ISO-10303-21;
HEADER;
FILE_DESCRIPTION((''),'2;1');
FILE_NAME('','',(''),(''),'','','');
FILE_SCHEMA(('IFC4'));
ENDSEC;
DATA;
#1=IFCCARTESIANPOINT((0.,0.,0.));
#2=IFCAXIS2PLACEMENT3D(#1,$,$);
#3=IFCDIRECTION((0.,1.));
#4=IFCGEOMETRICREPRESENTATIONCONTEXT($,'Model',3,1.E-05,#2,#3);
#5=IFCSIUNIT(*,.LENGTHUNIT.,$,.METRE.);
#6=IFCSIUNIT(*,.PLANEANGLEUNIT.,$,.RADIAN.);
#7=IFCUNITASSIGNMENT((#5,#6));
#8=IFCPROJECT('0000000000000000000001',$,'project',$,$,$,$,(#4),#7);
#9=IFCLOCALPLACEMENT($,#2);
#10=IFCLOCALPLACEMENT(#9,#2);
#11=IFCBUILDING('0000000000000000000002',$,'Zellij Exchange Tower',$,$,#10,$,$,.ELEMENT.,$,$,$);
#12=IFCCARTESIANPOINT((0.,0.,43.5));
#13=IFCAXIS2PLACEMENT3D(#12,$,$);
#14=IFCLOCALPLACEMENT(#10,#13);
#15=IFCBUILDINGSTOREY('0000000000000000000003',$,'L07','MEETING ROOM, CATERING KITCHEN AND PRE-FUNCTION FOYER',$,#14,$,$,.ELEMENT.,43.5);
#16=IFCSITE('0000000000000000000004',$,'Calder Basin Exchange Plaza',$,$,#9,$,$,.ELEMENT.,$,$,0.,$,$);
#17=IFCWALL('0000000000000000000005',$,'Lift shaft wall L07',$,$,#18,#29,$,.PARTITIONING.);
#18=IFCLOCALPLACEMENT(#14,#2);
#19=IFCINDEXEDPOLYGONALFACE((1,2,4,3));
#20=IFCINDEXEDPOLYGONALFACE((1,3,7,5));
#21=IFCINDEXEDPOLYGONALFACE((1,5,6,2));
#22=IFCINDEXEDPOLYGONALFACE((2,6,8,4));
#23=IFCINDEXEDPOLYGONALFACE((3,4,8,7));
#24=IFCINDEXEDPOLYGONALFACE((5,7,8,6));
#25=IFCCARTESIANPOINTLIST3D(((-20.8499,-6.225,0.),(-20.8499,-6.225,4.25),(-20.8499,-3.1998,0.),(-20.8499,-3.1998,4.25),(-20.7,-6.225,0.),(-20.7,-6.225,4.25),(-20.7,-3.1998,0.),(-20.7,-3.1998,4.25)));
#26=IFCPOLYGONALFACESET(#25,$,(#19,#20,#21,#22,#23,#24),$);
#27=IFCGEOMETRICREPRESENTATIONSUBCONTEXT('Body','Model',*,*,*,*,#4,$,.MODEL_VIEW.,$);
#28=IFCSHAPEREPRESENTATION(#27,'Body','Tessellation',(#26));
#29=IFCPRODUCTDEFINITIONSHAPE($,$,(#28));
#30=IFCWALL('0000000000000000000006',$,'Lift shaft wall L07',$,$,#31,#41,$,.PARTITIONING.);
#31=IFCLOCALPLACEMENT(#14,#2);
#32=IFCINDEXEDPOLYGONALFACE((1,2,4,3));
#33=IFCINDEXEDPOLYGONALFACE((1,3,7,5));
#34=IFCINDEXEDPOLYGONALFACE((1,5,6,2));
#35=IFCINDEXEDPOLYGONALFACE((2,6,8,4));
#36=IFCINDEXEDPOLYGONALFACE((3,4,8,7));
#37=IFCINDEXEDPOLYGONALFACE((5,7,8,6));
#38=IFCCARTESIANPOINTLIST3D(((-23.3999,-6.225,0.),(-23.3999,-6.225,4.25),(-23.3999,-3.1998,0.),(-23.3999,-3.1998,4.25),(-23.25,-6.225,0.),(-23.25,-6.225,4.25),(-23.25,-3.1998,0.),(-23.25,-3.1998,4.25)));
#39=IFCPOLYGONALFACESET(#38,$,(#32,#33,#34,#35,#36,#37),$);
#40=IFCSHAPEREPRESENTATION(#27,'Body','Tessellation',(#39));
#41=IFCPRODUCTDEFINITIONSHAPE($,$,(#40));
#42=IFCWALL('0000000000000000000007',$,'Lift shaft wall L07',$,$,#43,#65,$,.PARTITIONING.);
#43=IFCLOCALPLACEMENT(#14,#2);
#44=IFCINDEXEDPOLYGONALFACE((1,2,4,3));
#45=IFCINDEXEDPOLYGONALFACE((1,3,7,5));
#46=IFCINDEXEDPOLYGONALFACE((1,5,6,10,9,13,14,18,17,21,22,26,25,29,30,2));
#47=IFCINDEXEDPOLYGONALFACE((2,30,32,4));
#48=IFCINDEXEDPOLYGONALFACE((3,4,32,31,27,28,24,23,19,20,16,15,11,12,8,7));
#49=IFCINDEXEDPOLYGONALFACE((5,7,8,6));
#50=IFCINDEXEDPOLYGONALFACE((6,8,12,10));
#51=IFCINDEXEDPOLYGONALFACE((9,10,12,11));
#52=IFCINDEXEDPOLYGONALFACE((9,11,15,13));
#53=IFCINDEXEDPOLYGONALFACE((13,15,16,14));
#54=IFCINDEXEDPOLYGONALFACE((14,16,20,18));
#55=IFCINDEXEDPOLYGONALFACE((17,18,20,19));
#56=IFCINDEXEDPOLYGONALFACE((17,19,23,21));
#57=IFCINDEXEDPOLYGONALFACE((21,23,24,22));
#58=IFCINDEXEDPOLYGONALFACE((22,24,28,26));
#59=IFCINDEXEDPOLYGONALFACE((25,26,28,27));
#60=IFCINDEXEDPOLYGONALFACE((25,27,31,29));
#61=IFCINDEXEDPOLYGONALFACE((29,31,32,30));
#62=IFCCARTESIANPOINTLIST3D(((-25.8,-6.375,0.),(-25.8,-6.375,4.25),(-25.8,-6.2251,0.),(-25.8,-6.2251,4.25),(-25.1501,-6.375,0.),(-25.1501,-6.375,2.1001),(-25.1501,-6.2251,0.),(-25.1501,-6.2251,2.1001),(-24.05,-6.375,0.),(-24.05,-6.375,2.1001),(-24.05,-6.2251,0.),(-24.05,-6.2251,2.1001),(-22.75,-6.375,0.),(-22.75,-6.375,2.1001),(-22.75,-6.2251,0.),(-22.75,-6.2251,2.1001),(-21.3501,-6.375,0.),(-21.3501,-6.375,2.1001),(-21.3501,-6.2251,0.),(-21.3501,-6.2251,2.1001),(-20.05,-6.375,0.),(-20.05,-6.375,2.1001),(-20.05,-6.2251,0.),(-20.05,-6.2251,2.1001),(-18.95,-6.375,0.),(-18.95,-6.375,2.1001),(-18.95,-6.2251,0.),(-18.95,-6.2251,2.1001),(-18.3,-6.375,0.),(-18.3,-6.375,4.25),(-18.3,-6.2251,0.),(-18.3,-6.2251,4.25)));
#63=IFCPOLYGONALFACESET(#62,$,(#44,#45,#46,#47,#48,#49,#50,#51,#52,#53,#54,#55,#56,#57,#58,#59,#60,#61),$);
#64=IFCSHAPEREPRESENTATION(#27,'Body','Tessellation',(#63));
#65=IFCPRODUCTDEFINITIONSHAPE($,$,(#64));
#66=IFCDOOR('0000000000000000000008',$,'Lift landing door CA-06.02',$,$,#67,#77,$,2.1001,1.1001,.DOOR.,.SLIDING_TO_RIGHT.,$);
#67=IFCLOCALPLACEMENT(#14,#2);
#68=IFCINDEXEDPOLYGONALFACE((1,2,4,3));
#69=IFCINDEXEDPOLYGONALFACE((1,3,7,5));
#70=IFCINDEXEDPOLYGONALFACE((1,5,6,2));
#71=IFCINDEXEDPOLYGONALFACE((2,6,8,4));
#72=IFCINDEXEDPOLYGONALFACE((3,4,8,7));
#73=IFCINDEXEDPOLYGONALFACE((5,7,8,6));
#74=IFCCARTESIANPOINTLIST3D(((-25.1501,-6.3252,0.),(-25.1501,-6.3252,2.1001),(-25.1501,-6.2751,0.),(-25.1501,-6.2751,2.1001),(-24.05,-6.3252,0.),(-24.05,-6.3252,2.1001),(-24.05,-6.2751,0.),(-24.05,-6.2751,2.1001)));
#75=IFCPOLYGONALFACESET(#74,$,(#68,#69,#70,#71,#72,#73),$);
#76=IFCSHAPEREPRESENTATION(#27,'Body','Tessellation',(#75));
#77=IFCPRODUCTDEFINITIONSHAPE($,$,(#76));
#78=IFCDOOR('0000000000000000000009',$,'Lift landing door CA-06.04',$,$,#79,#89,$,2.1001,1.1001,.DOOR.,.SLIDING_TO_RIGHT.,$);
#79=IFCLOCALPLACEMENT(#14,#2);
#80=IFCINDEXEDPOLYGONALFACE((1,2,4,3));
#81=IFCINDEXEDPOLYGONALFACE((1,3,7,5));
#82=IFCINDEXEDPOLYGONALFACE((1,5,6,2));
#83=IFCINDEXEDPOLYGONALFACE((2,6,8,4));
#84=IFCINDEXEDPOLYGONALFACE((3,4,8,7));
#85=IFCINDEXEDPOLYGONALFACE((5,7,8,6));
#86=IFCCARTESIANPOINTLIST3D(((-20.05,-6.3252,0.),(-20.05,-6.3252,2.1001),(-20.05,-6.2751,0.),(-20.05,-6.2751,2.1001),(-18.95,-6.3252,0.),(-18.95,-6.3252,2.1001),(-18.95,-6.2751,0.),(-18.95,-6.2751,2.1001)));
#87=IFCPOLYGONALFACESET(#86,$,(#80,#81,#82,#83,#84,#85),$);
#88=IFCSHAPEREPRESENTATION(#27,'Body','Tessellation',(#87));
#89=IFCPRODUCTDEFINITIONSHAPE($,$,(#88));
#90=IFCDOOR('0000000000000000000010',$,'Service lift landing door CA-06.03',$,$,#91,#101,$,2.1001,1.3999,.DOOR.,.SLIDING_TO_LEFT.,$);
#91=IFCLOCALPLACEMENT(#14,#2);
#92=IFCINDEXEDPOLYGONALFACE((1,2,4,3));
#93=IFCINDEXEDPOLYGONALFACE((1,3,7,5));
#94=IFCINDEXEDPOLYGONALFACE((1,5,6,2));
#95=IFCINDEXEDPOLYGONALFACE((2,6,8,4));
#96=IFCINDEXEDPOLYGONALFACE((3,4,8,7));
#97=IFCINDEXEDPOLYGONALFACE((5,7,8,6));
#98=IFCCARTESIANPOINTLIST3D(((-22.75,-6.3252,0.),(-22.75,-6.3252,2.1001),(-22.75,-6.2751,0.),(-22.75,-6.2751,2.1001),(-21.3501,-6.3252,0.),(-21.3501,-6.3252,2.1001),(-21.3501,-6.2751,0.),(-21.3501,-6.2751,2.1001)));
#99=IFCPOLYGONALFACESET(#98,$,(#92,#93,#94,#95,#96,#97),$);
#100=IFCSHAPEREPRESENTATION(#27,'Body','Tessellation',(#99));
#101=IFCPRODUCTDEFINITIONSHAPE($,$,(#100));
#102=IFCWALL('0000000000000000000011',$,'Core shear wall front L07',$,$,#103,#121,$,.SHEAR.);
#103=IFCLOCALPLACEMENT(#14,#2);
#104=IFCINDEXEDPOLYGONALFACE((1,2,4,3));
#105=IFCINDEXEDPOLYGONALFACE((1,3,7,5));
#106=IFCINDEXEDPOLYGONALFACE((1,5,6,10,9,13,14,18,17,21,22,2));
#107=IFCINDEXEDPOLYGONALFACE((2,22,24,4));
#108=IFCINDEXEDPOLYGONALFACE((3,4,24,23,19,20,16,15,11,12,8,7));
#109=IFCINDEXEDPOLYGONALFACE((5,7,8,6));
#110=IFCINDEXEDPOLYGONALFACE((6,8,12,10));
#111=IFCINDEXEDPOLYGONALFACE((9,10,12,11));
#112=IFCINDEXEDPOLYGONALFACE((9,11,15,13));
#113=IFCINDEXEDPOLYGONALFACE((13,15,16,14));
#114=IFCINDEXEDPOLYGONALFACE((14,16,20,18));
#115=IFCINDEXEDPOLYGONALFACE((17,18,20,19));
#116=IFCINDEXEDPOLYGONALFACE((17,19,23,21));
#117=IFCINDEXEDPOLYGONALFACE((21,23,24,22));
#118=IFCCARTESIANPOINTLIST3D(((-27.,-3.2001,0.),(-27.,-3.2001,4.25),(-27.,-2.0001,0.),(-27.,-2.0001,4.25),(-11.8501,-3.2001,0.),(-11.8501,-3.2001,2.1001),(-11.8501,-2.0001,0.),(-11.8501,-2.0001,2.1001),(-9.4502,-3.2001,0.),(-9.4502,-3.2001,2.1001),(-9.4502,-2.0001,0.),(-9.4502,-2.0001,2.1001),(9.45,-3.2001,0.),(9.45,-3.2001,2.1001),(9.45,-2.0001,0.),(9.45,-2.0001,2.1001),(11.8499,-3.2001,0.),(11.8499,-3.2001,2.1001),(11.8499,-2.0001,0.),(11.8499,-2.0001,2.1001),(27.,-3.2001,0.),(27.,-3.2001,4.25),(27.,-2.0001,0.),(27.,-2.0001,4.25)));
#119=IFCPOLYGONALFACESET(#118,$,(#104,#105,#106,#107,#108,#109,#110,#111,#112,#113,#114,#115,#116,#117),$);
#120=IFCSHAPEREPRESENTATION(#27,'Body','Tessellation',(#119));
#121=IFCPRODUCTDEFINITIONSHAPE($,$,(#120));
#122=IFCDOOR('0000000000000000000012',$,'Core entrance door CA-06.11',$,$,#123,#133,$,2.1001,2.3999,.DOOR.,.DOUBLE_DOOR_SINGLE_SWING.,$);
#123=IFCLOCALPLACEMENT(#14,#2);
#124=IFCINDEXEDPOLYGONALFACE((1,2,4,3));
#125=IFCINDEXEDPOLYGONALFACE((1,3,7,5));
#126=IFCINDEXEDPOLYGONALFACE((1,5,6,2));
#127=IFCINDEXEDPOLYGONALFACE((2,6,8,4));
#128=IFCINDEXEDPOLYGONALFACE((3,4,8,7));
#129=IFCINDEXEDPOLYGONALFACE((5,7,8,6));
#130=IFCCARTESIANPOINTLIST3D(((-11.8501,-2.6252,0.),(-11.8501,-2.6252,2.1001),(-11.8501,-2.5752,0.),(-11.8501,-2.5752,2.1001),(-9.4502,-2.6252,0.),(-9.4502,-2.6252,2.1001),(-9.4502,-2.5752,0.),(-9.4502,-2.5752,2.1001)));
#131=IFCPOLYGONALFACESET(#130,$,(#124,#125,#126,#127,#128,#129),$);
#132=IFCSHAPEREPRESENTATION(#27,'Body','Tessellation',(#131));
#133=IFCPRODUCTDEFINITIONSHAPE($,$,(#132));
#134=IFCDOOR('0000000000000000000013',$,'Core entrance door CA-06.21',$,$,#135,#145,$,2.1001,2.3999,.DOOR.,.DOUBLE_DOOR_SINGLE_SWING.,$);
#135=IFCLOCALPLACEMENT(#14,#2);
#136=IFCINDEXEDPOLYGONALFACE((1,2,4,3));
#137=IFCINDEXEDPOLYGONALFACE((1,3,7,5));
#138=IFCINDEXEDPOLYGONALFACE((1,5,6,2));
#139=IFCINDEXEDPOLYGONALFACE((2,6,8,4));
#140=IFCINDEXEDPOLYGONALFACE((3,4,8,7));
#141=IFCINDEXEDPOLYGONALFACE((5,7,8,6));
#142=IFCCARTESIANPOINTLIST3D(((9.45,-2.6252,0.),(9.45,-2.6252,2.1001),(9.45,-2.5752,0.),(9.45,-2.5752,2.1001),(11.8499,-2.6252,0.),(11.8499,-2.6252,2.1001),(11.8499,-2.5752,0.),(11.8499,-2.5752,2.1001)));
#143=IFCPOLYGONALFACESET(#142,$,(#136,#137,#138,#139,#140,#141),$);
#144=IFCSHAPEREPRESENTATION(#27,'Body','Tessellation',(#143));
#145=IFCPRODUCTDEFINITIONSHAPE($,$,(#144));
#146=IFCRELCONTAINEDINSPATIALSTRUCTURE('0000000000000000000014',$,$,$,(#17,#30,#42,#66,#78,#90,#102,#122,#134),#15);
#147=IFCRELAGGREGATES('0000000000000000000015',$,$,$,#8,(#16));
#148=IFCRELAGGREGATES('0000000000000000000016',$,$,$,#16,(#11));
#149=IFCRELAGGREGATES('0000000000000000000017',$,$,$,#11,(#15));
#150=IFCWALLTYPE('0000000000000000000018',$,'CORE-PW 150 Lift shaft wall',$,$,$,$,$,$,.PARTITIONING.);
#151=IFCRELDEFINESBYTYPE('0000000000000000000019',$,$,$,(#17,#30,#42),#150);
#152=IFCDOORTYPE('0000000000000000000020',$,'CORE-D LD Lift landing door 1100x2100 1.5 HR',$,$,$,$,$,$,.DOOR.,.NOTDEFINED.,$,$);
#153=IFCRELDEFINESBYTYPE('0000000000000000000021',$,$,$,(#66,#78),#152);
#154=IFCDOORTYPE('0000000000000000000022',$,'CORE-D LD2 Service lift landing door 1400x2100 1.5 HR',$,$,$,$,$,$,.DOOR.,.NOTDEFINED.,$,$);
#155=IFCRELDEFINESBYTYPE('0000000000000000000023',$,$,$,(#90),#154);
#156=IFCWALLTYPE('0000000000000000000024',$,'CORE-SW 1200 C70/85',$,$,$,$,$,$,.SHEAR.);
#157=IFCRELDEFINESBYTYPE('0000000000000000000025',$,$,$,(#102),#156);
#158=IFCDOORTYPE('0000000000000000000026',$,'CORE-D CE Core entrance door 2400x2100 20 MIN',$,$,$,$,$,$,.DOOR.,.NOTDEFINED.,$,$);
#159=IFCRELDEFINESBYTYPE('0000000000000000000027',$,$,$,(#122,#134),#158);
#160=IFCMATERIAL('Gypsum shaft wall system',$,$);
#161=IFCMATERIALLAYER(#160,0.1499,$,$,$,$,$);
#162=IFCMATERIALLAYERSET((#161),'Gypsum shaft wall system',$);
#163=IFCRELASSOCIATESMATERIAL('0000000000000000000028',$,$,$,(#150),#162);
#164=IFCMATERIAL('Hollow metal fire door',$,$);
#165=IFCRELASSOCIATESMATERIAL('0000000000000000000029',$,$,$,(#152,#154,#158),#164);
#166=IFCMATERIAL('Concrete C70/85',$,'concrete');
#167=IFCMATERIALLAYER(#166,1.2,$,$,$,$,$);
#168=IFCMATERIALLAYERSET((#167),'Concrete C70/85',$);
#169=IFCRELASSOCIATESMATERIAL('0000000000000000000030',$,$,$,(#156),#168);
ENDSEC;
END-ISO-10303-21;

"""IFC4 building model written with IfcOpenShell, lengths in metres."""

from ifc_helpers import new_model, si_unit, direction, frame, frame_2d, origin, place, context, subcontext, project, spatial, rectangle, extrude, material, layer, layer_set, type_object, element, fill, save


model = new_model("IFC4")

# Units and contexts
model_context = context("Model", 3, precision=1e-05, world=origin(), true_north=direction((0.0, 1.0)))
body_context = subcontext(model_context, "Body", "Model", "MODEL_VIEW")
ifc_project = project(units=[si_unit("LENGTHUNIT", "METRE"), si_unit("PLANEANGLEUNIT", "RADIAN")], contexts=[model_context])

# Site, building, storey
site_placement = place(None, origin())
site = spatial("IfcSite", under=ifc_project, at=site_placement, Name="Calder Basin Exchange Plaza", CompositionType="ELEMENT", RefElevation=0.0)
building_placement = place(site_placement, origin())
building = spatial("IfcBuilding", under=site, at=building_placement, Name="Zellij Exchange Tower", CompositionType="ELEMENT")
storey_placement = place(building_placement, frame((0.0, 0.0, 43.5)))
storey = spatial("IfcBuildingStorey", under=building, at=storey_placement, Name="L07", Description="MEETING ROOM, CATERING KITCHEN AND PRE-FUNCTION FOYER", CompositionType="ELEMENT", Elevation=43.5)

# Shared definitions
ifc_material_1 = material(Name="Concrete C70/85", Category="concrete")

# Walls
ifc_material_2 = material(Name="Gypsum shaft wall system")
ifc_layer_1 = layer(ifc_material_2, 0.1499)
ifc_layer_set_1 = layer_set([ifc_layer_1], Name="Gypsum shaft wall system")
wall_type_1 = type_object("IfcWallType", Name="CORE-PW 150 Lift shaft wall", PredefinedType="PARTITIONING", material=ifc_layer_set_1)
for number, where, z_axis, x_axis, name in (
    (1, (-20.7749, -6.2251, 0.0), (0.0, 0.0, 1.0), (0.0, 1.0, 0.0), "Lift shaft wall L07"),
    (2, (-23.325, -6.2251, 0.0), (0.0, 0.0, 1.0), (0.0, 1.0, 0.0), "Lift shaft wall L07"),
):
    element("IfcWall", number, at=place(storey_placement, frame(where, z_axis=z_axis, x_axis=x_axis)), inside=storey, type_object=wall_type_1, Name=name, PredefinedType="PARTITIONING", context=body_context, shape_type="SweptSolid", body=[
        extrude(rectangle(XDim=3.0251, YDim=0.1499, at=frame_2d((1.5127, 0.0))), origin(), (0.0, 0.0, 1.0), 4.25),
    ])

# Walls, openings, doors
wall_1_placement = place(storey_placement, frame((-25.8, -6.3, 0.0), z_axis=(0.0, 0.0, 1.0), x_axis=(1.0, 0.0, 0.0)))
wall_1 = element("IfcWall", 3, at=wall_1_placement, inside=storey, type_object=wall_type_1, Name="Lift shaft wall L07", PredefinedType="PARTITIONING", context=body_context, shape_type="SweptSolid", body=[
    extrude(rectangle(XDim=7.5, YDim=0.1499, at=frame_2d((3.75, 0.0))), origin(), (0.0, 0.0, 1.0), 4.25),
])
opening_1_placement = place(wall_1_placement, frame((0.6499, 0.0, 0.0)))
opening_1 = element("IfcOpeningElement", 4, at=opening_1_placement, cuts=wall_1, PredefinedType="OPENING", context=body_context, shape_type="SweptSolid", body=[
    extrude(rectangle(XDim=1.1001, YDim=2.1001, at=frame_2d((0.55, 1.05))), frame((0.0, 0.0869, 0.0), z_axis=(0.0, -1.0, 0.0), x_axis=(1.0, 0.0, 0.0)), (0.0, 0.0, 1.0), 0.1738),
])
opening_2_placement = place(wall_1_placement, frame((3.05, 0.0, 0.0)))
opening_2 = element("IfcOpeningElement", 5, at=opening_2_placement, cuts=wall_1, PredefinedType="OPENING", context=body_context, shape_type="SweptSolid", body=[
    extrude(rectangle(XDim=1.3999, YDim=2.1001, at=frame_2d((0.7, 1.05))), frame((0.0, 0.0869, 0.0), z_axis=(0.0, -1.0, 0.0), x_axis=(1.0, 0.0, 0.0)), (0.0, 0.0, 1.0), 0.1738),
])
opening_3_placement = place(wall_1_placement, frame((5.75, 0.0, 0.0)))
opening_3 = element("IfcOpeningElement", 6, at=opening_3_placement, cuts=wall_1, PredefinedType="OPENING", context=body_context, shape_type="SweptSolid", body=[
    extrude(rectangle(XDim=1.1001, YDim=2.1001, at=frame_2d((0.55, 1.05))), frame((0.0, 0.0869, 0.0), z_axis=(0.0, -1.0, 0.0), x_axis=(1.0, 0.0, 0.0)), (0.0, 0.0, 1.0), 0.1738),
])
ifc_material_3 = material(Name="Hollow metal fire door")
door_type_1 = type_object("IfcDoorType", Name="CORE-D LD Lift landing door 1100x2100 1.5 HR", OperationType="NOTDEFINED", PredefinedType="DOOR", material=ifc_material_3)
door_1_placement = place(opening_1_placement, origin())
door_1 = element("IfcDoor", 7, at=door_1_placement, inside=storey, type_object=door_type_1, Name="Lift landing door CA-06.02", OperationType="SLIDING_TO_RIGHT", OverallHeight=2.1001, OverallWidth=1.1001, PredefinedType="DOOR", context=body_context, shape_type="SweptSolid", body=[
    extrude(rectangle(XDim=1.1001, YDim=2.1001, at=frame_2d((0.55, 1.05))), frame((0.0, 0.0249, 0.0), z_axis=(0.0, -1.0, 0.0), x_axis=(1.0, 0.0, 0.0)), (0.0, 0.0, 1.0), 0.05),
])
fill(opening_1, door_1)
door_2_placement = place(opening_3_placement, origin())
door_2 = element("IfcDoor", 8, at=door_2_placement, inside=storey, type_object=door_type_1, Name="Lift landing door CA-06.04", OperationType="SLIDING_TO_RIGHT", OverallHeight=2.1001, OverallWidth=1.1001, PredefinedType="DOOR", context=body_context, shape_type="SweptSolid", body=[
    extrude(rectangle(XDim=1.1001, YDim=2.1001, at=frame_2d((0.55, 1.05))), frame((0.0, 0.0249, 0.0), z_axis=(0.0, -1.0, 0.0), x_axis=(1.0, 0.0, 0.0)), (0.0, 0.0, 1.0), 0.05),
])
fill(opening_3, door_2)
door_type_2 = type_object("IfcDoorType", Name="CORE-D LD2 Service lift landing door 1400x2100 1.5 HR", OperationType="NOTDEFINED", PredefinedType="DOOR", material=ifc_material_3)
door_3_placement = place(opening_2_placement, origin())
door_3 = element("IfcDoor", 9, at=door_3_placement, inside=storey, type_object=door_type_2, Name="Service lift landing door CA-06.03", OperationType="SLIDING_TO_LEFT", OverallHeight=2.1001, OverallWidth=1.3999, PredefinedType="DOOR", context=body_context, shape_type="SweptSolid", body=[
    extrude(rectangle(XDim=1.3999, YDim=2.1001, at=frame_2d((0.7, 1.05))), frame((0.0, 0.0249, 0.0), z_axis=(0.0, -1.0, 0.0), x_axis=(1.0, 0.0, 0.0)), (0.0, 0.0, 1.0), 0.05),
])
fill(opening_2, door_3)
ifc_layer_2 = layer(ifc_material_1, 1.2)
ifc_layer_set_2 = layer_set([ifc_layer_2], Name="Concrete C70/85")
wall_type_2 = type_object("IfcWallType", Name="CORE-SW 1200 C70/85", PredefinedType="SHEAR", material=ifc_layer_set_2)
wall_2_placement = place(storey_placement, frame((-27.0, -2.6001, 0.0), z_axis=(0.0, 0.0, 1.0), x_axis=(1.0, 0.0, 0.0)))
wall_2 = element("IfcWall", 10, at=wall_2_placement, inside=storey, type_object=wall_type_2, Name="Core shear wall front L07", PredefinedType="SHEAR", context=body_context, shape_type="SweptSolid", body=[
    extrude(rectangle(XDim=54.0, YDim=1.2, at=frame_2d((27.0, 0.0))), origin(), (0.0, 0.0, 1.0), 4.25),
])
opening_4_placement = place(wall_2_placement, frame((15.1499, 0.0, 0.0)))
opening_4 = element("IfcOpeningElement", 11, at=opening_4_placement, cuts=wall_2, PredefinedType="OPENING", context=body_context, shape_type="SweptSolid", body=[
    extrude(rectangle(XDim=2.3999, YDim=2.1001, at=frame_2d((1.2, 1.05))), frame((0.0, 0.6118, 0.0), z_axis=(0.0, -1.0, 0.0), x_axis=(1.0, 0.0, 0.0)), (0.0, 0.0, 1.0), 1.2239),
])
opening_5_placement = place(wall_2_placement, frame((36.45, 0.0, 0.0)))
opening_5 = element("IfcOpeningElement", 12, at=opening_5_placement, cuts=wall_2, PredefinedType="OPENING", context=body_context, shape_type="SweptSolid", body=[
    extrude(rectangle(XDim=2.3999, YDim=2.1001, at=frame_2d((1.2, 1.05))), frame((0.0, 0.6118, 0.0), z_axis=(0.0, -1.0, 0.0), x_axis=(1.0, 0.0, 0.0)), (0.0, 0.0, 1.0), 1.2239),
])
door_type_3 = type_object("IfcDoorType", Name="CORE-D CE Core entrance door 2400x2100 20 MIN", OperationType="NOTDEFINED", PredefinedType="DOOR", material=ifc_material_3)
door_4_placement = place(opening_4_placement, origin())
door_4 = element("IfcDoor", 13, at=door_4_placement, inside=storey, type_object=door_type_3, Name="Core entrance door CA-06.11", OperationType="DOUBLE_DOOR_SINGLE_SWING", OverallHeight=2.1001, OverallWidth=2.3999, PredefinedType="DOOR", context=body_context, shape_type="SweptSolid", body=[
    extrude(rectangle(XDim=2.3999, YDim=2.1001, at=frame_2d((1.2, 1.05))), frame((0.0, 0.0249, 0.0), z_axis=(0.0, -1.0, 0.0), x_axis=(1.0, 0.0, 0.0)), (0.0, 0.0, 1.0), 0.05),
])
fill(opening_4, door_4)
door_5_placement = place(opening_5_placement, origin())
door_5 = element("IfcDoor", 14, at=door_5_placement, inside=storey, type_object=door_type_3, Name="Core entrance door CA-06.21", OperationType="DOUBLE_DOOR_SINGLE_SWING", OverallHeight=2.1001, OverallWidth=2.3999, PredefinedType="DOOR", context=body_context, shape_type="SweptSolid", body=[
    extrude(rectangle(XDim=2.3999, YDim=2.1001, at=frame_2d((1.2, 1.05))), frame((0.0, 0.0249, 0.0), z_axis=(0.0, -1.0, 0.0), x_axis=(1.0, 0.0, 0.0)), (0.0, 0.0, 1.0), 0.05),
])
fill(opening_5, door_5)

save(model, "model.ifc")
